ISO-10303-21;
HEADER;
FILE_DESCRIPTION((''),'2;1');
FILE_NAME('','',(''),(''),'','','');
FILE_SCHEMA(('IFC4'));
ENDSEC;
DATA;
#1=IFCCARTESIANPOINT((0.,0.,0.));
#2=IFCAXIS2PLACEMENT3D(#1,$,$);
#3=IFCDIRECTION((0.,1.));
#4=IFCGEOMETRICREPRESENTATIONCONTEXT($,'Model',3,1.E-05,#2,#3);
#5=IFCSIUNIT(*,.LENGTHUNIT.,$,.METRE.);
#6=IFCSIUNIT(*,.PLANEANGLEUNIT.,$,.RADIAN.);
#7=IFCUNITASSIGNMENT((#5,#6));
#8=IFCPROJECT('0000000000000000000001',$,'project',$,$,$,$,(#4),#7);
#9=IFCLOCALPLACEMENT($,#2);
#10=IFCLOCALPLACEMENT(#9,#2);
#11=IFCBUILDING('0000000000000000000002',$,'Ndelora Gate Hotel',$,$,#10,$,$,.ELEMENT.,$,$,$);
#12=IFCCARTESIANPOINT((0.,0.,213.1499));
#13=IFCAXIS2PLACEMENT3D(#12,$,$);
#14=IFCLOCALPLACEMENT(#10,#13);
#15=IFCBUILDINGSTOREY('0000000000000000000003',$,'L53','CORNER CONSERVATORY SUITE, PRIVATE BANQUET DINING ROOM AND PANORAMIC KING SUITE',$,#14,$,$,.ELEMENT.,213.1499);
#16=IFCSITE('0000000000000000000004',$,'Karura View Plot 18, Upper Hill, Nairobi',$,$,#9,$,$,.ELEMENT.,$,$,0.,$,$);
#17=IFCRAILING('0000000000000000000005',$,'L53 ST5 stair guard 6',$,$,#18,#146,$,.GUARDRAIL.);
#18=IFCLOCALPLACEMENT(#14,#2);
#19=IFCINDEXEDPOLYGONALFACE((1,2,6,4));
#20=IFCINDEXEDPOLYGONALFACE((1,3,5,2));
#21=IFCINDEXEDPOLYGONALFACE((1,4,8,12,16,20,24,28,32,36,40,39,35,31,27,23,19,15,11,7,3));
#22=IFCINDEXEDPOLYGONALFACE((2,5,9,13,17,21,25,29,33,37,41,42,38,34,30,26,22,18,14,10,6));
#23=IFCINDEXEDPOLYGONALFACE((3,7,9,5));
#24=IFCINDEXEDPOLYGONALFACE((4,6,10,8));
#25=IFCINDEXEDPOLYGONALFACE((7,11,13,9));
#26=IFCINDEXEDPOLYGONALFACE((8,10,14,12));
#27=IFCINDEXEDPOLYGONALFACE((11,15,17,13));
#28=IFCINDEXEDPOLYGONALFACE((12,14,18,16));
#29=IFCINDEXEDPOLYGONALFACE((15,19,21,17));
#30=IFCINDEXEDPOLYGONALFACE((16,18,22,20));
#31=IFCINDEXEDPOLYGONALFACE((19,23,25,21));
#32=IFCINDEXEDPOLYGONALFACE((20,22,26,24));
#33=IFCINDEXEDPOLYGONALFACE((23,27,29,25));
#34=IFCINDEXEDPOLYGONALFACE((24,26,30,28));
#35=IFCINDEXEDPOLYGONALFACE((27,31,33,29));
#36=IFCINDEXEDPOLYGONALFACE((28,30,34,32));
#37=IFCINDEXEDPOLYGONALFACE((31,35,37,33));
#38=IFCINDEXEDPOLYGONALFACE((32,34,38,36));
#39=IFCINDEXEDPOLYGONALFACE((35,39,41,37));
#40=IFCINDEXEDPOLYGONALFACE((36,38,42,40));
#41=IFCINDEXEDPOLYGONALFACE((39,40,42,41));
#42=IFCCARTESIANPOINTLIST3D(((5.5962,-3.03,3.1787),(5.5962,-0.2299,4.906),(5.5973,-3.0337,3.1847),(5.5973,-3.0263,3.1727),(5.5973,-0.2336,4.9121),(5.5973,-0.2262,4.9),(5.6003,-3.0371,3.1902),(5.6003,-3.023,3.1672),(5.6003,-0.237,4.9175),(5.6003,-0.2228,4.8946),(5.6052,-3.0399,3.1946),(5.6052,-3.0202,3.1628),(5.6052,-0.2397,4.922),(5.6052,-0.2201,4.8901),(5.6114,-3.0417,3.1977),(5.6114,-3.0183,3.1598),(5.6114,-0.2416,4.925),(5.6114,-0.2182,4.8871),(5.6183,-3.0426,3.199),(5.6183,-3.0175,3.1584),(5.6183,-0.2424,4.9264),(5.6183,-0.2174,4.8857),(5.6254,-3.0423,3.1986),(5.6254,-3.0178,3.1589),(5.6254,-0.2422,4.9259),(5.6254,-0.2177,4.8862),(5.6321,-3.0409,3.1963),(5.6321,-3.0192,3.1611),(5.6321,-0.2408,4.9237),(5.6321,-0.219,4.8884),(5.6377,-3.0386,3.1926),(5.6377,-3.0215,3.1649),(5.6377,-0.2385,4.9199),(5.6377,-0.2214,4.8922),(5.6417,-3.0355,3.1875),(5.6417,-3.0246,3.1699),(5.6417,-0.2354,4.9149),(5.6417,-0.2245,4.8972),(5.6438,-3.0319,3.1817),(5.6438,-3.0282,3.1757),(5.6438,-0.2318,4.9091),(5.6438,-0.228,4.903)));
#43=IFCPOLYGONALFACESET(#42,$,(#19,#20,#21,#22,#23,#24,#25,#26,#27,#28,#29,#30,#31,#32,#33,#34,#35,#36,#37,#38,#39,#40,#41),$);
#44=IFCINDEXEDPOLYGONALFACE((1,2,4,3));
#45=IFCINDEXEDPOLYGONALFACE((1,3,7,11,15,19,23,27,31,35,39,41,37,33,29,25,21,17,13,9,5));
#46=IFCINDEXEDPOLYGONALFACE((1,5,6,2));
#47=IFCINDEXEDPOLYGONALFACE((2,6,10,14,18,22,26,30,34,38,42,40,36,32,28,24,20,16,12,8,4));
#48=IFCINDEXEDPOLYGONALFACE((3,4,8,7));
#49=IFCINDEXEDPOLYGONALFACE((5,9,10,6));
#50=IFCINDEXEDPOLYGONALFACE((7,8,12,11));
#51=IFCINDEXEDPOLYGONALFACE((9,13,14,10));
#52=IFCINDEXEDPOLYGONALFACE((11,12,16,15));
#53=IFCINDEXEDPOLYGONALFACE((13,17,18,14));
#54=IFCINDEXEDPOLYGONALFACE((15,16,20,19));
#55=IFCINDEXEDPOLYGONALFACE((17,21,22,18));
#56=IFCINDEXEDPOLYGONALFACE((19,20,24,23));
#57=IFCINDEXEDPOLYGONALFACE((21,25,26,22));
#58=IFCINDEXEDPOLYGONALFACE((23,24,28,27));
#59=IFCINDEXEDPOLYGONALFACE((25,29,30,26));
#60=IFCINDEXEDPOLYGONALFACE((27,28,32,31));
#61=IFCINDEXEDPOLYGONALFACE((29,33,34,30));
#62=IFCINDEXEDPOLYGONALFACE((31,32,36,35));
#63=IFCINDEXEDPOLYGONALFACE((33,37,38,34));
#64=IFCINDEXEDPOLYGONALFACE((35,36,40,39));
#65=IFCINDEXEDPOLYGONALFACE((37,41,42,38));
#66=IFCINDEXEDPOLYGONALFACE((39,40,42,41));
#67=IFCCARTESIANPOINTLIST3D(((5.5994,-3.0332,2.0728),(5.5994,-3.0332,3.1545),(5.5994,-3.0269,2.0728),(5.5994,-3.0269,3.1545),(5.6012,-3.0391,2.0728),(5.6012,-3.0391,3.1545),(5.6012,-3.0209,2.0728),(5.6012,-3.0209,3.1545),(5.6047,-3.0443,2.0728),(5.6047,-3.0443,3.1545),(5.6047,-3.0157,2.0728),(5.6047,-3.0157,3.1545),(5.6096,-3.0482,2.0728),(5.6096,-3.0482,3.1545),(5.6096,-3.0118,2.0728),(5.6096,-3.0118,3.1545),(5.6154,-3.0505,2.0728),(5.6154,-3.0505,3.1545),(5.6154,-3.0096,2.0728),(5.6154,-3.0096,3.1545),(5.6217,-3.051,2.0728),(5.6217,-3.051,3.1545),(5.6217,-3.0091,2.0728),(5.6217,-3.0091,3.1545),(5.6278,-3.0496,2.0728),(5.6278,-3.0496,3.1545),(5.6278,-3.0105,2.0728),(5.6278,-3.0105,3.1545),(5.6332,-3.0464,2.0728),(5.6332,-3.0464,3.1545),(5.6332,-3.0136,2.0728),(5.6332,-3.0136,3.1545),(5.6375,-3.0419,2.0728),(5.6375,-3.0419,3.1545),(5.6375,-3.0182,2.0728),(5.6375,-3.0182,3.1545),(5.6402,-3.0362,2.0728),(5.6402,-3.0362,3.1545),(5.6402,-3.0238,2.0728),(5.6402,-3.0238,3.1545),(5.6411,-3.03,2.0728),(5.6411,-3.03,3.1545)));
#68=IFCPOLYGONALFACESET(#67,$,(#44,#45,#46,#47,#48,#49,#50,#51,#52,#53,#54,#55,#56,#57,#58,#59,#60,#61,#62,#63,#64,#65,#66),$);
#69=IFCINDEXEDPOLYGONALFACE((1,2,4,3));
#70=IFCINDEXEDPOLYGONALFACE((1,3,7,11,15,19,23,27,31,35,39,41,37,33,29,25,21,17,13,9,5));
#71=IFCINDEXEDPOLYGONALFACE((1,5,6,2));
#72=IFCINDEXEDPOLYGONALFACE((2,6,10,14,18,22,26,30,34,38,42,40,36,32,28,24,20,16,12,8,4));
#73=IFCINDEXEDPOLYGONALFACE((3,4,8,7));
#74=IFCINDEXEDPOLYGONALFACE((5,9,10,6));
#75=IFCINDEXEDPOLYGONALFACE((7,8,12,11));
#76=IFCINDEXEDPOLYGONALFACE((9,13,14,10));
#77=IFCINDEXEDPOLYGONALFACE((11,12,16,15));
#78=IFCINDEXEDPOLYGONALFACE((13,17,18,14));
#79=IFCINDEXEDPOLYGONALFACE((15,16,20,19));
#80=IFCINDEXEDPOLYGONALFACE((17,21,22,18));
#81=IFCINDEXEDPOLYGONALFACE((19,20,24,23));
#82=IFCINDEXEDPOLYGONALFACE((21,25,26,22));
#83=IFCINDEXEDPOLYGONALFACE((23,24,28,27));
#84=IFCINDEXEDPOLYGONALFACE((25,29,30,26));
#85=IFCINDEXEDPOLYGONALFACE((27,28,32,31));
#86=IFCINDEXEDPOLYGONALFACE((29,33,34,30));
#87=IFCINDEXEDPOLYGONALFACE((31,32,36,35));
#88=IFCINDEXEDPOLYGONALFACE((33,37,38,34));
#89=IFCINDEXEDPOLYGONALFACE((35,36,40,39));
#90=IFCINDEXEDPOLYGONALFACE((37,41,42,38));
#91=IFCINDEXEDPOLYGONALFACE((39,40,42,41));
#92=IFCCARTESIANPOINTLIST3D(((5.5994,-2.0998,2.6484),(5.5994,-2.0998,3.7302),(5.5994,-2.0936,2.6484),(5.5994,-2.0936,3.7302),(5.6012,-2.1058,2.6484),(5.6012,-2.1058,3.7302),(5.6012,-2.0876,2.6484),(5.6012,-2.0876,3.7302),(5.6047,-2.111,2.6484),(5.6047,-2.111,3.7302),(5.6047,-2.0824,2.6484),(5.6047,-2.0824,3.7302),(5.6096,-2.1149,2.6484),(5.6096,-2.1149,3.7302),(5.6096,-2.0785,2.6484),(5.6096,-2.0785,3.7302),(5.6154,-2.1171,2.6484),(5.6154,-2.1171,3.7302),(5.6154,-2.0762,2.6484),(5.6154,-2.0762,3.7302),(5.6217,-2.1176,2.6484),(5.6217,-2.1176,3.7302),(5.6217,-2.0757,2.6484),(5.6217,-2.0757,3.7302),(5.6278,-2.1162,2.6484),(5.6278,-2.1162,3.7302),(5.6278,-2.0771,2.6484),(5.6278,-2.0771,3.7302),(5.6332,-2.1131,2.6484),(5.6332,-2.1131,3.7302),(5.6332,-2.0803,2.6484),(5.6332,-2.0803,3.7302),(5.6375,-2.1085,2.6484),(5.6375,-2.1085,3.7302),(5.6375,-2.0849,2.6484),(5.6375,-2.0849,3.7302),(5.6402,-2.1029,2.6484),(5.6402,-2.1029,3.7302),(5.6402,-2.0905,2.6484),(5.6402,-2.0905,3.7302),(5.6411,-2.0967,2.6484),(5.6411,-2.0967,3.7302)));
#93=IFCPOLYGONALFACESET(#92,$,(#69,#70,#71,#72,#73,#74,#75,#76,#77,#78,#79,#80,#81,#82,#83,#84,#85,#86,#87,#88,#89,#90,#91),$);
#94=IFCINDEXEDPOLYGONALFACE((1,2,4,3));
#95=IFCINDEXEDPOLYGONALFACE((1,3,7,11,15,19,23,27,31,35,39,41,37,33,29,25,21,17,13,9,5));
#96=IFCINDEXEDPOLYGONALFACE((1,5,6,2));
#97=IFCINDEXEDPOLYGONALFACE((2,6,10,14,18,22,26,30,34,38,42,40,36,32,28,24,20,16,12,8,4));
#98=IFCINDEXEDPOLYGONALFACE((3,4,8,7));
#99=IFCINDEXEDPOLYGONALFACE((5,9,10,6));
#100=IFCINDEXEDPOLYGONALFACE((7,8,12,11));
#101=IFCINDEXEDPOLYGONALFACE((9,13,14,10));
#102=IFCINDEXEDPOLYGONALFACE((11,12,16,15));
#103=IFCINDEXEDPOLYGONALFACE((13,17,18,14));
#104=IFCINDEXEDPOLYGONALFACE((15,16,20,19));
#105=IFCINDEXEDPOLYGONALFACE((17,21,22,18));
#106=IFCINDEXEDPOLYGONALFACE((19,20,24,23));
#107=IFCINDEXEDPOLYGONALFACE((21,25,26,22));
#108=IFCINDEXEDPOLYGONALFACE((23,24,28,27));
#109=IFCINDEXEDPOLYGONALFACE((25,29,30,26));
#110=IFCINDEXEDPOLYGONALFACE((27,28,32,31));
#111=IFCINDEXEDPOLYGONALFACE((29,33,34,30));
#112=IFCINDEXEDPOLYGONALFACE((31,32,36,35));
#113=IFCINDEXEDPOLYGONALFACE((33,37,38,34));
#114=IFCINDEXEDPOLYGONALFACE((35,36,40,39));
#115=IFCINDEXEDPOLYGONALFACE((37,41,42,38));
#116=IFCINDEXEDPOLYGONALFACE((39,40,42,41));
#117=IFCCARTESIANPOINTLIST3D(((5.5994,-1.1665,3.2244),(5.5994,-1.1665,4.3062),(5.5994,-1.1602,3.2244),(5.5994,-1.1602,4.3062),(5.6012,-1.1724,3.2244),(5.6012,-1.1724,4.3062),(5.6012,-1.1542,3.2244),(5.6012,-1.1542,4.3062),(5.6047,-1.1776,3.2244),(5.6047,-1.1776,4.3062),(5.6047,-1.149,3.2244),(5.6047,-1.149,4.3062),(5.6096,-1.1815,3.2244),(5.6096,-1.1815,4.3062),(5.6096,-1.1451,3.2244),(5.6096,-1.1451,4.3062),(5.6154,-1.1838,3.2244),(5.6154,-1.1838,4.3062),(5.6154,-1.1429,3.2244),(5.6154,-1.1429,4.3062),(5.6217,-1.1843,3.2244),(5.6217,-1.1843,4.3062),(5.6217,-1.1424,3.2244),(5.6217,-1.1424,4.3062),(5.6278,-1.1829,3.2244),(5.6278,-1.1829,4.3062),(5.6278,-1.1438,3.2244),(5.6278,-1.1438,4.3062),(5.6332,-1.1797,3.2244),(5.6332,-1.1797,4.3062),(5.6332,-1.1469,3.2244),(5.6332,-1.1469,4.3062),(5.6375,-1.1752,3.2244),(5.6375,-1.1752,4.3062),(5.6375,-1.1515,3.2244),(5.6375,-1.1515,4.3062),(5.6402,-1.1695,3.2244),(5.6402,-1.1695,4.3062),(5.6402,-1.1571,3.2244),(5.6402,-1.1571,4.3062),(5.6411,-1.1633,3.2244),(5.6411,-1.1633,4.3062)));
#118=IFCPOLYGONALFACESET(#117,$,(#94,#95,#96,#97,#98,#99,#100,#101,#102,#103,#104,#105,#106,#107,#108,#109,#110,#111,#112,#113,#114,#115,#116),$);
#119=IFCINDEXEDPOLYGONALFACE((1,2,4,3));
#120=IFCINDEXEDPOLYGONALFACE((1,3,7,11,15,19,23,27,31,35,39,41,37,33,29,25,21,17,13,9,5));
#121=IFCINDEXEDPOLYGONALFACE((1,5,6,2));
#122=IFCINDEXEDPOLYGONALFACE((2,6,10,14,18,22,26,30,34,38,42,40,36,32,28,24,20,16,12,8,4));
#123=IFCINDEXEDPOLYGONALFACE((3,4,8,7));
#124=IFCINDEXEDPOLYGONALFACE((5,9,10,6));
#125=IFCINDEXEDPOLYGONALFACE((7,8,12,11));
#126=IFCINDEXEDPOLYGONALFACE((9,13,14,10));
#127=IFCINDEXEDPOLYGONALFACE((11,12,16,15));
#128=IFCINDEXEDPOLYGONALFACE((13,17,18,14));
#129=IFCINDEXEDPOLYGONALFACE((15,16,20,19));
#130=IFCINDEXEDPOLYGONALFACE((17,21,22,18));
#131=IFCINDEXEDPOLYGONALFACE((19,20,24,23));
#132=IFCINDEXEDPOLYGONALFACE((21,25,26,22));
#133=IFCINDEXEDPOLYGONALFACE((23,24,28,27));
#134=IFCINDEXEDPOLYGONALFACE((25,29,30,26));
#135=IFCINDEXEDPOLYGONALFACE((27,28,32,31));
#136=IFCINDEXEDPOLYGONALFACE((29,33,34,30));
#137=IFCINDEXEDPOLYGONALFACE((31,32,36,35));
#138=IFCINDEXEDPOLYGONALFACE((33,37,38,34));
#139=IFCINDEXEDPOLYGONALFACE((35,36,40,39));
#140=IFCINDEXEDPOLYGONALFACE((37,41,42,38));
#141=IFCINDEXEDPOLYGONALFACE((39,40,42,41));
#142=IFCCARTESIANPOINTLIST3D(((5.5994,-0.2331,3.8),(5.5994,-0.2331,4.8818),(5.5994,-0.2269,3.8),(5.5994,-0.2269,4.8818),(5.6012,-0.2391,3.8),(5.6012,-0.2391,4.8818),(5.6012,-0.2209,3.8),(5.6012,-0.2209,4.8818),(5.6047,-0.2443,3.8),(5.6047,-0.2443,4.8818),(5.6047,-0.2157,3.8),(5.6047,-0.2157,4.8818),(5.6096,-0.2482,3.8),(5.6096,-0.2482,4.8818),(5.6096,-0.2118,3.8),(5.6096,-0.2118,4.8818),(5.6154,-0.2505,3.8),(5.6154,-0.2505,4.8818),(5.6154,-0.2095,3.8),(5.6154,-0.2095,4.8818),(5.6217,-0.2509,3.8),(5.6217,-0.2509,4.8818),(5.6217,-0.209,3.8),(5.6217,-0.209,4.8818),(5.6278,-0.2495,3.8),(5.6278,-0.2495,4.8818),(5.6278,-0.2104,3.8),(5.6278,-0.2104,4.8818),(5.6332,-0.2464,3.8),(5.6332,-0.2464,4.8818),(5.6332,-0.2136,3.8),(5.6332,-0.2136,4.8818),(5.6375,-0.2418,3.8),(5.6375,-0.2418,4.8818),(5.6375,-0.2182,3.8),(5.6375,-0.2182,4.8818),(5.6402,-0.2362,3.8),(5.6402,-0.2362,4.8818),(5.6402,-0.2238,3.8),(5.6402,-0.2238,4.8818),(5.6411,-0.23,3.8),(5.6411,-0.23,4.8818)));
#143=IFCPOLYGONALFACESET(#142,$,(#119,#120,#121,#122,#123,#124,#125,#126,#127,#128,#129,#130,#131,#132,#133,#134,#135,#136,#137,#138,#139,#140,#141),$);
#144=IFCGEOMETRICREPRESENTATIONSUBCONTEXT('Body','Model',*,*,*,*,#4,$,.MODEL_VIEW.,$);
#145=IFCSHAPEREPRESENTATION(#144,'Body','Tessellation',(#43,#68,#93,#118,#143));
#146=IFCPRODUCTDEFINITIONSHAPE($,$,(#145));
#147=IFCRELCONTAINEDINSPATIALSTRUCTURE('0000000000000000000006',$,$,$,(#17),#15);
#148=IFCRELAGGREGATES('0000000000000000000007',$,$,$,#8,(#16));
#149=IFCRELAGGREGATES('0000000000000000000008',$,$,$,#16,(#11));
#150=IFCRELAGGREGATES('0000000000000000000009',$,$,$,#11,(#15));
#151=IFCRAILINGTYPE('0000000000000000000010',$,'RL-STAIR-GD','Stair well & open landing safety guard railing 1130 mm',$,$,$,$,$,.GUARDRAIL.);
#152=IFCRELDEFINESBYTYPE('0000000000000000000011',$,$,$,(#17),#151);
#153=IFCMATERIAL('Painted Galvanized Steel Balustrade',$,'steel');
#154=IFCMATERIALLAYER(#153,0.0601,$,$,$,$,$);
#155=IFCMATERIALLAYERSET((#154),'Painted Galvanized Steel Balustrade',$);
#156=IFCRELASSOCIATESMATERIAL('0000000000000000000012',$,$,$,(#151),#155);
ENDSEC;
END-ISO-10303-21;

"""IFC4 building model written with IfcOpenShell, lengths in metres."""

from ifc_helpers import new_model, si_unit, direction, frame, origin, origin_2d, place, context, subcontext, project, spatial, circle, extrude, material, layer, layer_set, type_object, element, save


model = new_model("IFC4")

# Units and contexts
model_context = context("Model", 3, precision=1e-05, world=origin(), true_north=direction((0.0, 1.0)))
body_context = subcontext(model_context, "Body", "Model", "MODEL_VIEW")
ifc_project = project(units=[si_unit("LENGTHUNIT", "METRE"), si_unit("PLANEANGLEUNIT", "RADIAN")], contexts=[model_context])

# Site, building, storey
site_placement = place(None, origin())
site = spatial("IfcSite", under=ifc_project, at=site_placement, Name="Karura View Plot 18, Upper Hill, Nairobi", CompositionType="ELEMENT", RefElevation=0.0)
building_placement = place(site_placement, origin())
building = spatial("IfcBuilding", under=site, at=building_placement, Name="Ndelora Gate Hotel", CompositionType="ELEMENT")
storey_placement = place(building_placement, frame((0.0, 0.0, 213.1499)))
storey = spatial("IfcBuildingStorey", under=building, at=storey_placement, Name="L53", Description="CORNER CONSERVATORY SUITE, PRIVATE BANQUET DINING ROOM AND PANORAMIC KING SUITE", CompositionType="ELEMENT", Elevation=213.1499)

# Railing
ifc_material_1 = material(Name="Painted Galvanized Steel Balustrade", Category="steel")
ifc_layer_1 = layer(ifc_material_1, 0.0601)
ifc_layer_set_1 = layer_set([ifc_layer_1], Name="Painted Galvanized Steel Balustrade")
railing_type = type_object("IfcRailingType", Name="RL-STAIR-GD", Description="Stair well & open landing safety guard railing 1130 mm", PredefinedType="GUARDRAIL", material=ifc_layer_set_1)
railing_1_placement = place(storey_placement, frame((5.6201, -3.03, 2.0728)))
element("IfcRailing", 1, at=railing_1_placement, inside=storey, type_object=railing_type, Name="L53 ST5 stair guard 6", PredefinedType="GUARDRAIL", context=body_context, shape_type="SweptSolid", body=[
    extrude(circle(Radius=0.0239, at=origin_2d()), frame((0.0, 0.0, 1.106), z_axis=(0.0, 0.85109, 0.52502), x_axis=(-1.0, 0.0, 0.0)), (0.0, 0.0, 1.0), 3.29),
    extrude(circle(Radius=0.021, at=origin_2d()), origin(), (0.0, 0.0, 1.0), 1.0818),
    extrude(circle(Radius=0.021, at=origin_2d()), frame((0.0, 0.9333, 0.5757)), (0.0, 0.0, 1.0), 1.0818),
    extrude(circle(Radius=0.021, at=origin_2d()), frame((0.0, 1.8667, 1.1516)), (0.0, 0.0, 1.0), 1.0818),
    extrude(circle(Radius=0.021, at=origin_2d()), frame((0.0, 2.8, 1.7273)), (0.0, 0.0, 1.0), 1.0818),
])

save(model, "model.ifc")
